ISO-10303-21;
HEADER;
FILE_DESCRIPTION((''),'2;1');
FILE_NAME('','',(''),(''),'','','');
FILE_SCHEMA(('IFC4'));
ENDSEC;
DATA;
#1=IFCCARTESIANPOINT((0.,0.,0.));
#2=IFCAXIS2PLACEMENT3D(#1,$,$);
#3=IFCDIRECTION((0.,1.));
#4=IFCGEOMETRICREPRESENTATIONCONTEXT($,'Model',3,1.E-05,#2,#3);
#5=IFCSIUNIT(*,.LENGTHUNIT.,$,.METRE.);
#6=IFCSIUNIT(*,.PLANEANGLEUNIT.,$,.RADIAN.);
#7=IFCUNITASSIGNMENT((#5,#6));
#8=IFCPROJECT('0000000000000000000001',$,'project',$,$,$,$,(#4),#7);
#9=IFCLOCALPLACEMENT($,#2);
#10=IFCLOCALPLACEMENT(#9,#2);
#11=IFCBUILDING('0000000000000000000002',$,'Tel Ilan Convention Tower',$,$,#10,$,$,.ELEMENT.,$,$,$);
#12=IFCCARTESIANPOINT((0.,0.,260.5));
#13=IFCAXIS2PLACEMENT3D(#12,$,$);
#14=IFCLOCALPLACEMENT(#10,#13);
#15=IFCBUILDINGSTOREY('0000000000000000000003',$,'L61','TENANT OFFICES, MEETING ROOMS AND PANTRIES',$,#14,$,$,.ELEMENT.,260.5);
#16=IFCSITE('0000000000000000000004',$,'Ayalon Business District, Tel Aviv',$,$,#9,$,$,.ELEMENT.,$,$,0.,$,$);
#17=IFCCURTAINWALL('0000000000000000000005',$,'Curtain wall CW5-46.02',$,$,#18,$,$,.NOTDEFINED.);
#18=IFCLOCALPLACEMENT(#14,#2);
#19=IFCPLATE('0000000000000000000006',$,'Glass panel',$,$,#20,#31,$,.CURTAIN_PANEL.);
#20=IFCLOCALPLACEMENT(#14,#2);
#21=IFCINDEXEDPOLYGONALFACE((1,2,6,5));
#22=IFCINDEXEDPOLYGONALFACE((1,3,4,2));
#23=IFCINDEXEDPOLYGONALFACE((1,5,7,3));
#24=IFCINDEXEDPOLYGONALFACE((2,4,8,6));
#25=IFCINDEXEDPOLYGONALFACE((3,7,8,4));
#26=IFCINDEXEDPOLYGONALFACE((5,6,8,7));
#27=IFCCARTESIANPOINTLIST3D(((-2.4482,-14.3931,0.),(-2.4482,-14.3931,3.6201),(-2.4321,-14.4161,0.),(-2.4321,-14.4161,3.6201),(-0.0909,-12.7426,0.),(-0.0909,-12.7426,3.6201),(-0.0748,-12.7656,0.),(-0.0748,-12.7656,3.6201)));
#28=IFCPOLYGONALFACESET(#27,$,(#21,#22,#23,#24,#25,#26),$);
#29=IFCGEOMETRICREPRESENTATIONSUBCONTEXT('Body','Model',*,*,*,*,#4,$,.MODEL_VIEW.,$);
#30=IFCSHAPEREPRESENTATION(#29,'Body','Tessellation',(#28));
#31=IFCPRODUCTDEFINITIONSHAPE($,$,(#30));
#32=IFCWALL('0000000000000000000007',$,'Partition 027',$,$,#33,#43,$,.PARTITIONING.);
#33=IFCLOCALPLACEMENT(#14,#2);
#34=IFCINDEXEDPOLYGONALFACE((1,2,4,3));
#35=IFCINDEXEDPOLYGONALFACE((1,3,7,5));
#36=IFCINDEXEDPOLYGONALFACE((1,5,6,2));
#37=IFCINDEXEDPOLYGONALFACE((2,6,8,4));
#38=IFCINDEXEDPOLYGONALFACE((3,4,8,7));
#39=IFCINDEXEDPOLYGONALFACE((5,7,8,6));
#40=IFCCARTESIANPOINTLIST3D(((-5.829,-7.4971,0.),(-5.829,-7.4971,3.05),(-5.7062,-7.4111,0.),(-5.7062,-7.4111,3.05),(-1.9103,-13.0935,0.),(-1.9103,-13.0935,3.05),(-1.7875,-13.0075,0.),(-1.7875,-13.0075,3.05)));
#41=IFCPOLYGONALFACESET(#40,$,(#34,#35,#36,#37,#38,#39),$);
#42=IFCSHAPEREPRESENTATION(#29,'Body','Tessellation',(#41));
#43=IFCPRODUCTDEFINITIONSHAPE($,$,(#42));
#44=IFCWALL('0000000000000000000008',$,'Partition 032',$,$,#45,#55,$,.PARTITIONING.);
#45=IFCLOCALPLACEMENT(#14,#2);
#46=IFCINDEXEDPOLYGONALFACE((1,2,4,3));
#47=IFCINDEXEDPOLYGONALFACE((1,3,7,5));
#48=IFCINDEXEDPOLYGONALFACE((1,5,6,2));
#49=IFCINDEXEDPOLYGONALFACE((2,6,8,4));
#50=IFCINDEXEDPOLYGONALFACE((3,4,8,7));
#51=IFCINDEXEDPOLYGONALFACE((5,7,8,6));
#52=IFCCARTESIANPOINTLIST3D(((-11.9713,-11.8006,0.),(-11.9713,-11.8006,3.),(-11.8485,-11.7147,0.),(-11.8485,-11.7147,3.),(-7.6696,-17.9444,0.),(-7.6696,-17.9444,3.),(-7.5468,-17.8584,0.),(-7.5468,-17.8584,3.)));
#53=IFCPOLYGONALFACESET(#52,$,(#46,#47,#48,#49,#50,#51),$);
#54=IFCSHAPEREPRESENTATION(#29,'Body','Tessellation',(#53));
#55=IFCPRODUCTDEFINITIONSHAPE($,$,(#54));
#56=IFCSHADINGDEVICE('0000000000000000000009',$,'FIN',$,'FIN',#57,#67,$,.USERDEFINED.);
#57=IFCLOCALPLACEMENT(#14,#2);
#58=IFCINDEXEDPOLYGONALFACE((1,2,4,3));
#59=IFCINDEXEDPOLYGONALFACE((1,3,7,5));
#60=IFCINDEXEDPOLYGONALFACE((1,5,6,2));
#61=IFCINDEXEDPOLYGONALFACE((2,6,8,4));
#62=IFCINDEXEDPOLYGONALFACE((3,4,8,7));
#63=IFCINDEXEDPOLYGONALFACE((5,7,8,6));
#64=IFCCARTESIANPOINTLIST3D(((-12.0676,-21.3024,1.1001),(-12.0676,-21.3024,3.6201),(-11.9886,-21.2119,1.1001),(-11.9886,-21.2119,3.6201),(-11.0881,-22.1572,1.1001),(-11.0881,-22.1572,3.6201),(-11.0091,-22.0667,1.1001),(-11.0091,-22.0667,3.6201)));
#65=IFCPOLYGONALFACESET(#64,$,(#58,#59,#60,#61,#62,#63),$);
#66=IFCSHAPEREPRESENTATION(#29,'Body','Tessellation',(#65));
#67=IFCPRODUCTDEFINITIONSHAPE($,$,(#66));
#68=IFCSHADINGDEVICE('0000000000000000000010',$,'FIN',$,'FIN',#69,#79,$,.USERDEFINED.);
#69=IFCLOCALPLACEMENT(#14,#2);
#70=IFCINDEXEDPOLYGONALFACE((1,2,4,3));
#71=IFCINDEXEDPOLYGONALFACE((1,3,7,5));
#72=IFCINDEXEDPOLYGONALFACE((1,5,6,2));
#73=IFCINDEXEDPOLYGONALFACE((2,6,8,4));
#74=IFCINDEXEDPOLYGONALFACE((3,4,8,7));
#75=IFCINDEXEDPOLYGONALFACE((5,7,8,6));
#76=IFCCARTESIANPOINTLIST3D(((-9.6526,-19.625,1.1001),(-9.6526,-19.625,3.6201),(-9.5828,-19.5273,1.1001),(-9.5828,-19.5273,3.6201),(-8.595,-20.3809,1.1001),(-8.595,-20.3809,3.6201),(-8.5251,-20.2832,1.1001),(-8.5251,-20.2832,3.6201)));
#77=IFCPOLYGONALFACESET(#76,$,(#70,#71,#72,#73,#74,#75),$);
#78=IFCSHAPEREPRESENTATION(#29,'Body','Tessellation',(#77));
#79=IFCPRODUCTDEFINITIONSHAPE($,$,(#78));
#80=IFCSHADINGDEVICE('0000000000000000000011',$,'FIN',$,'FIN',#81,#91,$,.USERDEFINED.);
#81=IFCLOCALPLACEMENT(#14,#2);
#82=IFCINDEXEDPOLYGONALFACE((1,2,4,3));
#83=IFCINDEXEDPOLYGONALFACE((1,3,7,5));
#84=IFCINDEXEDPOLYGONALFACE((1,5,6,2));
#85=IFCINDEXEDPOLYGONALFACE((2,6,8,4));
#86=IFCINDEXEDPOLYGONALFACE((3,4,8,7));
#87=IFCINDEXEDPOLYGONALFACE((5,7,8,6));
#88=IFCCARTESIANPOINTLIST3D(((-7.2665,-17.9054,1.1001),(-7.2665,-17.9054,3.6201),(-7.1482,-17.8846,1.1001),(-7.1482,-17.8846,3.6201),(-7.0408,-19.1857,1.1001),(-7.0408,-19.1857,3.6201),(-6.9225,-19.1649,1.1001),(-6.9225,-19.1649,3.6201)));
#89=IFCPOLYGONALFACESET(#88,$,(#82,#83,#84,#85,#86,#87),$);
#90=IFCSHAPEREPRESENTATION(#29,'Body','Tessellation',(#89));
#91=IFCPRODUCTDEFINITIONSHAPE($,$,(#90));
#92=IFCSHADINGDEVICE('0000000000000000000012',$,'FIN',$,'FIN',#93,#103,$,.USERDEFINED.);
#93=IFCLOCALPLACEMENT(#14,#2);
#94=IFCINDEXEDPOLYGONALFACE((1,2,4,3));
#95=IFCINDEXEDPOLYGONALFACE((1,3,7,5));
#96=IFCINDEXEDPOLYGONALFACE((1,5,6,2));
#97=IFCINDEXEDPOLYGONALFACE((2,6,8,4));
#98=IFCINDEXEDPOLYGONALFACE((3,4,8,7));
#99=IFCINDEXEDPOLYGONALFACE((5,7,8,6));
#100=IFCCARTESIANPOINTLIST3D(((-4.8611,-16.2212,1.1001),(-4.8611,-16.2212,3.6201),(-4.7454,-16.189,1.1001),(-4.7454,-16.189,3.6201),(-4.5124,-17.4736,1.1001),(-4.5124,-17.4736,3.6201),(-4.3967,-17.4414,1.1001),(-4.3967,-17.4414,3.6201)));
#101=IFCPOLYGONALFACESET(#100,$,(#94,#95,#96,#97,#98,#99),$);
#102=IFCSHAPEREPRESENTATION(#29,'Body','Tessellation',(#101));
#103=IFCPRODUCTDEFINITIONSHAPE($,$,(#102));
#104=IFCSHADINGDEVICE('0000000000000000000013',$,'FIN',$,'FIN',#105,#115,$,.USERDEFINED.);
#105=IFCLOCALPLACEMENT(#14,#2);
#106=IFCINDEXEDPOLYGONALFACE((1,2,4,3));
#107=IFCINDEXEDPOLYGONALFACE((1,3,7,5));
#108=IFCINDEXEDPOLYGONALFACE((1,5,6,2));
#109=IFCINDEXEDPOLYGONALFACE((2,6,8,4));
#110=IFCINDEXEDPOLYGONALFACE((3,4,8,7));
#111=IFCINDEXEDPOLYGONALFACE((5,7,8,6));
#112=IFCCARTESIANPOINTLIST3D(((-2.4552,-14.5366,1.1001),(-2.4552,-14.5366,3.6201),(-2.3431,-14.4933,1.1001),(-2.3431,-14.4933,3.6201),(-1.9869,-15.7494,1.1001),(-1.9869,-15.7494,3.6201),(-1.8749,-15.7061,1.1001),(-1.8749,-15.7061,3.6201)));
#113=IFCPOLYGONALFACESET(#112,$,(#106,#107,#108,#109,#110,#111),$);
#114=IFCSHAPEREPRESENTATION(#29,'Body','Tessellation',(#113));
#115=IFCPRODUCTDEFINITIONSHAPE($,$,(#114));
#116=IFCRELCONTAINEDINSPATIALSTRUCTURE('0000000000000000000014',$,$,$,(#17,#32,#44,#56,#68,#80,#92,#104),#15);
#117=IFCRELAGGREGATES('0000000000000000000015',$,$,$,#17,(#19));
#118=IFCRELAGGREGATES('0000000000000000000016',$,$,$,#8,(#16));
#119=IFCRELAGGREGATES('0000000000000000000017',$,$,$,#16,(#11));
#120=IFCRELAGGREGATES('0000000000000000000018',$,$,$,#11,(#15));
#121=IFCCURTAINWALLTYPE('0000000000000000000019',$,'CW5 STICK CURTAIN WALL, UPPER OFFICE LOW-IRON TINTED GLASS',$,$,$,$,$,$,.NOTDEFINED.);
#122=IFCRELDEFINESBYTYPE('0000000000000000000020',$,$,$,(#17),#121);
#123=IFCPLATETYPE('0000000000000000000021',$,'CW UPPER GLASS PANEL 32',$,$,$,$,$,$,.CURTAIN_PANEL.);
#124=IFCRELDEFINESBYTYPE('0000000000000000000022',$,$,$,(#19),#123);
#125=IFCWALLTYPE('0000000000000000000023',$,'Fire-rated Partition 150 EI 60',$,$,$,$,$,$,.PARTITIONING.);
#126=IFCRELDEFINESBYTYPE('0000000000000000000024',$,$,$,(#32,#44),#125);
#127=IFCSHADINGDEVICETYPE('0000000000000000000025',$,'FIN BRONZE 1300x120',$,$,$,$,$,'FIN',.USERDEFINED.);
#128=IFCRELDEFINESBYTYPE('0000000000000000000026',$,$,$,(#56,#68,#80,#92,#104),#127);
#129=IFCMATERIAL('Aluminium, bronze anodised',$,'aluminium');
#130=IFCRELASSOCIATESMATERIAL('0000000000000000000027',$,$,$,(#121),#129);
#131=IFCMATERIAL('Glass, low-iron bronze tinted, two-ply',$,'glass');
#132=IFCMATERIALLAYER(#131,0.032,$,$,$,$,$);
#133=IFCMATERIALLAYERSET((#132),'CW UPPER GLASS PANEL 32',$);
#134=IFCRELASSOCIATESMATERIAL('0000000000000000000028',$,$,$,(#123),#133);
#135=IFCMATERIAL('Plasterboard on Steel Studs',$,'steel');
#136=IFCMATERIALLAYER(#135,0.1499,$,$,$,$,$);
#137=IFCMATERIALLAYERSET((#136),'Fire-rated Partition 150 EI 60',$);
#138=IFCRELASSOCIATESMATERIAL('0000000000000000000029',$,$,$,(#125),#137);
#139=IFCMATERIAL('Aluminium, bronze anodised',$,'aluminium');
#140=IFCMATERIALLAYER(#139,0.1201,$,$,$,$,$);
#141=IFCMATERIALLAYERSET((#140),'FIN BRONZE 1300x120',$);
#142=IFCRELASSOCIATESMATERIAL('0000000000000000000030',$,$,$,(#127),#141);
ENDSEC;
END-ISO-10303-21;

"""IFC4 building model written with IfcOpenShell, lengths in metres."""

from ifc_helpers import new_model, si_unit, direction, frame, frame_2d, origin, origin_2d, place, context, subcontext, project, spatial, rectangle, extrude, material, layer, layer_set, type_object, element, aggregate, save


model = new_model("IFC4")

# Units and contexts
model_context = context("Model", 3, precision=1e-05, world=origin(), true_north=direction((0.0, 1.0)))
body_context = subcontext(model_context, "Body", "Model", "MODEL_VIEW")
ifc_project = project(units=[si_unit("LENGTHUNIT", "METRE"), si_unit("PLANEANGLEUNIT", "RADIAN")], contexts=[model_context])

# Site, building, storey
site_placement = place(None, origin())
site = spatial("IfcSite", under=ifc_project, at=site_placement, Name="Ayalon Business District, Tel Aviv", CompositionType="ELEMENT", RefElevation=0.0)
building_placement = place(site_placement, origin())
building = spatial("IfcBuilding", under=site, at=building_placement, Name="Tel Ilan Convention Tower", CompositionType="ELEMENT")
storey_placement = place(building_placement, frame((0.0, 0.0, 260.5)))
storey = spatial("IfcBuildingStorey", under=building, at=storey_placement, Name="L61", Description="TENANT OFFICES, MEETING ROOMS AND PANTRIES", CompositionType="ELEMENT", Elevation=260.5)

# Curtain wall, plate
ifc_material_1 = material(Name="Aluminium, bronze anodised", Category="aluminium")
curtain_wall_type = type_object("IfcCurtainWallType", Name="CW5 STICK CURTAIN WALL, UPPER OFFICE LOW-IRON TINTED GLASS", PredefinedType="NOTDEFINED", material=ifc_material_1)
curtain_wall_placement = place(storey_placement, origin())
curtain_wall = element("IfcCurtainWall", 1, at=curtain_wall_placement, inside=storey, type_object=curtain_wall_type, Name="Curtain wall CW5-46.02", PredefinedType="NOTDEFINED")
ifc_material_2 = material(Name="Glass, low-iron bronze tinted, two-ply", Category="glass")
ifc_layer_1 = layer(ifc_material_2, 0.032)
ifc_layer_set_1 = layer_set([ifc_layer_1], Name="CW UPPER GLASS PANEL 32")
plate_type = type_object("IfcPlateType", Name="CW UPPER GLASS PANEL 32", PredefinedType="CURTAIN_PANEL", material=ifc_layer_set_1)
plate_1_placement = place(storey_placement, frame((-1.2615, -13.5793, 0.0), z_axis=(0.0, 0.0, 1.0), x_axis=(0.819152, 0.573576, 0.0)))
plate_1 = element("IfcPlate", 2, at=plate_1_placement, type_object=plate_type, Name="Glass panel", PredefinedType="CURTAIN_PANEL", context=body_context, shape_type="SweptSolid", body=[
    extrude(rectangle(XDim=2.8777, YDim=0.0281, at=origin_2d()), origin(), (0.0, 0.0, 1.0), 3.6201),
])
aggregate(curtain_wall, [plate_1])

# Walls
ifc_material_3 = material(Name="Plasterboard on Steel Studs", Category="steel")
ifc_layer_2 = layer(ifc_material_3, 0.1499)
ifc_layer_set_2 = layer_set([ifc_layer_2], Name="Fire-rated Partition 150 EI 60")
wall_type = type_object("IfcWallType", Name="Fire-rated Partition 150 EI 60", PredefinedType="PARTITIONING", material=ifc_layer_set_2)
wall_1_placement = place(storey_placement, frame((-1.8489, -13.0505, 0.0), z_axis=(0.0, 0.0, 1.0), x_axis=(-0.57358, 0.81915, 0.0)))
element("IfcWall", 3, at=wall_1_placement, inside=storey, type_object=wall_type, Name="Partition 027", PredefinedType="PARTITIONING", context=body_context, shape_type="SweptSolid", body=[
    extrude(rectangle(XDim=6.832, YDim=0.1499, at=frame_2d((3.416, 0.0))), origin(), (0.0, 0.0, 1.0), 3.05),
])
wall_2_placement = place(storey_placement, frame((-7.6082, -17.9014, 0.0), z_axis=(0.0, 0.0, 1.0), x_axis=(-0.573561, 0.819163, 0.0)))
element("IfcWall", 4, at=wall_2_placement, inside=storey, type_object=wall_type, Name="Partition 032", PredefinedType="PARTITIONING", context=body_context, shape_type="SweptSolid", body=[
    extrude(rectangle(XDim=7.5, YDim=0.1499, at=frame_2d((3.75, 0.0))), origin(), (0.0, 0.0, 1.0), 3.0),
])

# Shading devices
ifc_material_4 = material(Name="Aluminium, bronze anodised", Category="aluminium")
ifc_layer_3 = layer(ifc_material_4, 0.1201)
ifc_layer_set_3 = layer_set([ifc_layer_3], Name="FIN BRONZE 1300x120")
shading_device_type = type_object("IfcShadingDeviceType", Name="FIN BRONZE 1300x120", ElementType="FIN", PredefinedType="USERDEFINED", material=ifc_layer_set_3)
for number, where, z_axis, x_axis, name in (
    (5, (-11.5383, -21.6846, 1.1001), (0.0, 0.0, 1.0), (0.753436, -0.657521, 0.0), "FIN"),
    (6, (-9.0889, -19.9541, 1.1001), (0.0, 0.0, 1.0), (0.813552, -0.581492, 0.0), "FIN"),
    (7, (-7.0945, -18.5352, 1.1001), (0.0, 0.0, 1.0), (0.173648, -0.984808, 0.0), "FIN"),
    (8, (-4.6289, -16.8313, 1.1001), (0.0, 0.0, 1.0), (0.268173, -0.963371, 0.0), "FIN"),
    (9, (-2.165, -15.1213, 1.1001), (0.0, 0.0, 1.0), (0.360178, -0.932884, 0.0), "FIN"),
):
    element("IfcShadingDevice", number, at=place(storey_placement, frame(where, z_axis=z_axis, x_axis=x_axis)), inside=storey, type_object=shading_device_type, Name=name, ObjectType="FIN", PredefinedType="USERDEFINED", context=body_context, shape_type="SweptSolid", body=[
        extrude(rectangle(XDim=1.3, YDim=0.1201, at=origin_2d()), origin(), (0.0, 0.0, 1.0), 2.52),
    ])

save(model, "model.ifc")
